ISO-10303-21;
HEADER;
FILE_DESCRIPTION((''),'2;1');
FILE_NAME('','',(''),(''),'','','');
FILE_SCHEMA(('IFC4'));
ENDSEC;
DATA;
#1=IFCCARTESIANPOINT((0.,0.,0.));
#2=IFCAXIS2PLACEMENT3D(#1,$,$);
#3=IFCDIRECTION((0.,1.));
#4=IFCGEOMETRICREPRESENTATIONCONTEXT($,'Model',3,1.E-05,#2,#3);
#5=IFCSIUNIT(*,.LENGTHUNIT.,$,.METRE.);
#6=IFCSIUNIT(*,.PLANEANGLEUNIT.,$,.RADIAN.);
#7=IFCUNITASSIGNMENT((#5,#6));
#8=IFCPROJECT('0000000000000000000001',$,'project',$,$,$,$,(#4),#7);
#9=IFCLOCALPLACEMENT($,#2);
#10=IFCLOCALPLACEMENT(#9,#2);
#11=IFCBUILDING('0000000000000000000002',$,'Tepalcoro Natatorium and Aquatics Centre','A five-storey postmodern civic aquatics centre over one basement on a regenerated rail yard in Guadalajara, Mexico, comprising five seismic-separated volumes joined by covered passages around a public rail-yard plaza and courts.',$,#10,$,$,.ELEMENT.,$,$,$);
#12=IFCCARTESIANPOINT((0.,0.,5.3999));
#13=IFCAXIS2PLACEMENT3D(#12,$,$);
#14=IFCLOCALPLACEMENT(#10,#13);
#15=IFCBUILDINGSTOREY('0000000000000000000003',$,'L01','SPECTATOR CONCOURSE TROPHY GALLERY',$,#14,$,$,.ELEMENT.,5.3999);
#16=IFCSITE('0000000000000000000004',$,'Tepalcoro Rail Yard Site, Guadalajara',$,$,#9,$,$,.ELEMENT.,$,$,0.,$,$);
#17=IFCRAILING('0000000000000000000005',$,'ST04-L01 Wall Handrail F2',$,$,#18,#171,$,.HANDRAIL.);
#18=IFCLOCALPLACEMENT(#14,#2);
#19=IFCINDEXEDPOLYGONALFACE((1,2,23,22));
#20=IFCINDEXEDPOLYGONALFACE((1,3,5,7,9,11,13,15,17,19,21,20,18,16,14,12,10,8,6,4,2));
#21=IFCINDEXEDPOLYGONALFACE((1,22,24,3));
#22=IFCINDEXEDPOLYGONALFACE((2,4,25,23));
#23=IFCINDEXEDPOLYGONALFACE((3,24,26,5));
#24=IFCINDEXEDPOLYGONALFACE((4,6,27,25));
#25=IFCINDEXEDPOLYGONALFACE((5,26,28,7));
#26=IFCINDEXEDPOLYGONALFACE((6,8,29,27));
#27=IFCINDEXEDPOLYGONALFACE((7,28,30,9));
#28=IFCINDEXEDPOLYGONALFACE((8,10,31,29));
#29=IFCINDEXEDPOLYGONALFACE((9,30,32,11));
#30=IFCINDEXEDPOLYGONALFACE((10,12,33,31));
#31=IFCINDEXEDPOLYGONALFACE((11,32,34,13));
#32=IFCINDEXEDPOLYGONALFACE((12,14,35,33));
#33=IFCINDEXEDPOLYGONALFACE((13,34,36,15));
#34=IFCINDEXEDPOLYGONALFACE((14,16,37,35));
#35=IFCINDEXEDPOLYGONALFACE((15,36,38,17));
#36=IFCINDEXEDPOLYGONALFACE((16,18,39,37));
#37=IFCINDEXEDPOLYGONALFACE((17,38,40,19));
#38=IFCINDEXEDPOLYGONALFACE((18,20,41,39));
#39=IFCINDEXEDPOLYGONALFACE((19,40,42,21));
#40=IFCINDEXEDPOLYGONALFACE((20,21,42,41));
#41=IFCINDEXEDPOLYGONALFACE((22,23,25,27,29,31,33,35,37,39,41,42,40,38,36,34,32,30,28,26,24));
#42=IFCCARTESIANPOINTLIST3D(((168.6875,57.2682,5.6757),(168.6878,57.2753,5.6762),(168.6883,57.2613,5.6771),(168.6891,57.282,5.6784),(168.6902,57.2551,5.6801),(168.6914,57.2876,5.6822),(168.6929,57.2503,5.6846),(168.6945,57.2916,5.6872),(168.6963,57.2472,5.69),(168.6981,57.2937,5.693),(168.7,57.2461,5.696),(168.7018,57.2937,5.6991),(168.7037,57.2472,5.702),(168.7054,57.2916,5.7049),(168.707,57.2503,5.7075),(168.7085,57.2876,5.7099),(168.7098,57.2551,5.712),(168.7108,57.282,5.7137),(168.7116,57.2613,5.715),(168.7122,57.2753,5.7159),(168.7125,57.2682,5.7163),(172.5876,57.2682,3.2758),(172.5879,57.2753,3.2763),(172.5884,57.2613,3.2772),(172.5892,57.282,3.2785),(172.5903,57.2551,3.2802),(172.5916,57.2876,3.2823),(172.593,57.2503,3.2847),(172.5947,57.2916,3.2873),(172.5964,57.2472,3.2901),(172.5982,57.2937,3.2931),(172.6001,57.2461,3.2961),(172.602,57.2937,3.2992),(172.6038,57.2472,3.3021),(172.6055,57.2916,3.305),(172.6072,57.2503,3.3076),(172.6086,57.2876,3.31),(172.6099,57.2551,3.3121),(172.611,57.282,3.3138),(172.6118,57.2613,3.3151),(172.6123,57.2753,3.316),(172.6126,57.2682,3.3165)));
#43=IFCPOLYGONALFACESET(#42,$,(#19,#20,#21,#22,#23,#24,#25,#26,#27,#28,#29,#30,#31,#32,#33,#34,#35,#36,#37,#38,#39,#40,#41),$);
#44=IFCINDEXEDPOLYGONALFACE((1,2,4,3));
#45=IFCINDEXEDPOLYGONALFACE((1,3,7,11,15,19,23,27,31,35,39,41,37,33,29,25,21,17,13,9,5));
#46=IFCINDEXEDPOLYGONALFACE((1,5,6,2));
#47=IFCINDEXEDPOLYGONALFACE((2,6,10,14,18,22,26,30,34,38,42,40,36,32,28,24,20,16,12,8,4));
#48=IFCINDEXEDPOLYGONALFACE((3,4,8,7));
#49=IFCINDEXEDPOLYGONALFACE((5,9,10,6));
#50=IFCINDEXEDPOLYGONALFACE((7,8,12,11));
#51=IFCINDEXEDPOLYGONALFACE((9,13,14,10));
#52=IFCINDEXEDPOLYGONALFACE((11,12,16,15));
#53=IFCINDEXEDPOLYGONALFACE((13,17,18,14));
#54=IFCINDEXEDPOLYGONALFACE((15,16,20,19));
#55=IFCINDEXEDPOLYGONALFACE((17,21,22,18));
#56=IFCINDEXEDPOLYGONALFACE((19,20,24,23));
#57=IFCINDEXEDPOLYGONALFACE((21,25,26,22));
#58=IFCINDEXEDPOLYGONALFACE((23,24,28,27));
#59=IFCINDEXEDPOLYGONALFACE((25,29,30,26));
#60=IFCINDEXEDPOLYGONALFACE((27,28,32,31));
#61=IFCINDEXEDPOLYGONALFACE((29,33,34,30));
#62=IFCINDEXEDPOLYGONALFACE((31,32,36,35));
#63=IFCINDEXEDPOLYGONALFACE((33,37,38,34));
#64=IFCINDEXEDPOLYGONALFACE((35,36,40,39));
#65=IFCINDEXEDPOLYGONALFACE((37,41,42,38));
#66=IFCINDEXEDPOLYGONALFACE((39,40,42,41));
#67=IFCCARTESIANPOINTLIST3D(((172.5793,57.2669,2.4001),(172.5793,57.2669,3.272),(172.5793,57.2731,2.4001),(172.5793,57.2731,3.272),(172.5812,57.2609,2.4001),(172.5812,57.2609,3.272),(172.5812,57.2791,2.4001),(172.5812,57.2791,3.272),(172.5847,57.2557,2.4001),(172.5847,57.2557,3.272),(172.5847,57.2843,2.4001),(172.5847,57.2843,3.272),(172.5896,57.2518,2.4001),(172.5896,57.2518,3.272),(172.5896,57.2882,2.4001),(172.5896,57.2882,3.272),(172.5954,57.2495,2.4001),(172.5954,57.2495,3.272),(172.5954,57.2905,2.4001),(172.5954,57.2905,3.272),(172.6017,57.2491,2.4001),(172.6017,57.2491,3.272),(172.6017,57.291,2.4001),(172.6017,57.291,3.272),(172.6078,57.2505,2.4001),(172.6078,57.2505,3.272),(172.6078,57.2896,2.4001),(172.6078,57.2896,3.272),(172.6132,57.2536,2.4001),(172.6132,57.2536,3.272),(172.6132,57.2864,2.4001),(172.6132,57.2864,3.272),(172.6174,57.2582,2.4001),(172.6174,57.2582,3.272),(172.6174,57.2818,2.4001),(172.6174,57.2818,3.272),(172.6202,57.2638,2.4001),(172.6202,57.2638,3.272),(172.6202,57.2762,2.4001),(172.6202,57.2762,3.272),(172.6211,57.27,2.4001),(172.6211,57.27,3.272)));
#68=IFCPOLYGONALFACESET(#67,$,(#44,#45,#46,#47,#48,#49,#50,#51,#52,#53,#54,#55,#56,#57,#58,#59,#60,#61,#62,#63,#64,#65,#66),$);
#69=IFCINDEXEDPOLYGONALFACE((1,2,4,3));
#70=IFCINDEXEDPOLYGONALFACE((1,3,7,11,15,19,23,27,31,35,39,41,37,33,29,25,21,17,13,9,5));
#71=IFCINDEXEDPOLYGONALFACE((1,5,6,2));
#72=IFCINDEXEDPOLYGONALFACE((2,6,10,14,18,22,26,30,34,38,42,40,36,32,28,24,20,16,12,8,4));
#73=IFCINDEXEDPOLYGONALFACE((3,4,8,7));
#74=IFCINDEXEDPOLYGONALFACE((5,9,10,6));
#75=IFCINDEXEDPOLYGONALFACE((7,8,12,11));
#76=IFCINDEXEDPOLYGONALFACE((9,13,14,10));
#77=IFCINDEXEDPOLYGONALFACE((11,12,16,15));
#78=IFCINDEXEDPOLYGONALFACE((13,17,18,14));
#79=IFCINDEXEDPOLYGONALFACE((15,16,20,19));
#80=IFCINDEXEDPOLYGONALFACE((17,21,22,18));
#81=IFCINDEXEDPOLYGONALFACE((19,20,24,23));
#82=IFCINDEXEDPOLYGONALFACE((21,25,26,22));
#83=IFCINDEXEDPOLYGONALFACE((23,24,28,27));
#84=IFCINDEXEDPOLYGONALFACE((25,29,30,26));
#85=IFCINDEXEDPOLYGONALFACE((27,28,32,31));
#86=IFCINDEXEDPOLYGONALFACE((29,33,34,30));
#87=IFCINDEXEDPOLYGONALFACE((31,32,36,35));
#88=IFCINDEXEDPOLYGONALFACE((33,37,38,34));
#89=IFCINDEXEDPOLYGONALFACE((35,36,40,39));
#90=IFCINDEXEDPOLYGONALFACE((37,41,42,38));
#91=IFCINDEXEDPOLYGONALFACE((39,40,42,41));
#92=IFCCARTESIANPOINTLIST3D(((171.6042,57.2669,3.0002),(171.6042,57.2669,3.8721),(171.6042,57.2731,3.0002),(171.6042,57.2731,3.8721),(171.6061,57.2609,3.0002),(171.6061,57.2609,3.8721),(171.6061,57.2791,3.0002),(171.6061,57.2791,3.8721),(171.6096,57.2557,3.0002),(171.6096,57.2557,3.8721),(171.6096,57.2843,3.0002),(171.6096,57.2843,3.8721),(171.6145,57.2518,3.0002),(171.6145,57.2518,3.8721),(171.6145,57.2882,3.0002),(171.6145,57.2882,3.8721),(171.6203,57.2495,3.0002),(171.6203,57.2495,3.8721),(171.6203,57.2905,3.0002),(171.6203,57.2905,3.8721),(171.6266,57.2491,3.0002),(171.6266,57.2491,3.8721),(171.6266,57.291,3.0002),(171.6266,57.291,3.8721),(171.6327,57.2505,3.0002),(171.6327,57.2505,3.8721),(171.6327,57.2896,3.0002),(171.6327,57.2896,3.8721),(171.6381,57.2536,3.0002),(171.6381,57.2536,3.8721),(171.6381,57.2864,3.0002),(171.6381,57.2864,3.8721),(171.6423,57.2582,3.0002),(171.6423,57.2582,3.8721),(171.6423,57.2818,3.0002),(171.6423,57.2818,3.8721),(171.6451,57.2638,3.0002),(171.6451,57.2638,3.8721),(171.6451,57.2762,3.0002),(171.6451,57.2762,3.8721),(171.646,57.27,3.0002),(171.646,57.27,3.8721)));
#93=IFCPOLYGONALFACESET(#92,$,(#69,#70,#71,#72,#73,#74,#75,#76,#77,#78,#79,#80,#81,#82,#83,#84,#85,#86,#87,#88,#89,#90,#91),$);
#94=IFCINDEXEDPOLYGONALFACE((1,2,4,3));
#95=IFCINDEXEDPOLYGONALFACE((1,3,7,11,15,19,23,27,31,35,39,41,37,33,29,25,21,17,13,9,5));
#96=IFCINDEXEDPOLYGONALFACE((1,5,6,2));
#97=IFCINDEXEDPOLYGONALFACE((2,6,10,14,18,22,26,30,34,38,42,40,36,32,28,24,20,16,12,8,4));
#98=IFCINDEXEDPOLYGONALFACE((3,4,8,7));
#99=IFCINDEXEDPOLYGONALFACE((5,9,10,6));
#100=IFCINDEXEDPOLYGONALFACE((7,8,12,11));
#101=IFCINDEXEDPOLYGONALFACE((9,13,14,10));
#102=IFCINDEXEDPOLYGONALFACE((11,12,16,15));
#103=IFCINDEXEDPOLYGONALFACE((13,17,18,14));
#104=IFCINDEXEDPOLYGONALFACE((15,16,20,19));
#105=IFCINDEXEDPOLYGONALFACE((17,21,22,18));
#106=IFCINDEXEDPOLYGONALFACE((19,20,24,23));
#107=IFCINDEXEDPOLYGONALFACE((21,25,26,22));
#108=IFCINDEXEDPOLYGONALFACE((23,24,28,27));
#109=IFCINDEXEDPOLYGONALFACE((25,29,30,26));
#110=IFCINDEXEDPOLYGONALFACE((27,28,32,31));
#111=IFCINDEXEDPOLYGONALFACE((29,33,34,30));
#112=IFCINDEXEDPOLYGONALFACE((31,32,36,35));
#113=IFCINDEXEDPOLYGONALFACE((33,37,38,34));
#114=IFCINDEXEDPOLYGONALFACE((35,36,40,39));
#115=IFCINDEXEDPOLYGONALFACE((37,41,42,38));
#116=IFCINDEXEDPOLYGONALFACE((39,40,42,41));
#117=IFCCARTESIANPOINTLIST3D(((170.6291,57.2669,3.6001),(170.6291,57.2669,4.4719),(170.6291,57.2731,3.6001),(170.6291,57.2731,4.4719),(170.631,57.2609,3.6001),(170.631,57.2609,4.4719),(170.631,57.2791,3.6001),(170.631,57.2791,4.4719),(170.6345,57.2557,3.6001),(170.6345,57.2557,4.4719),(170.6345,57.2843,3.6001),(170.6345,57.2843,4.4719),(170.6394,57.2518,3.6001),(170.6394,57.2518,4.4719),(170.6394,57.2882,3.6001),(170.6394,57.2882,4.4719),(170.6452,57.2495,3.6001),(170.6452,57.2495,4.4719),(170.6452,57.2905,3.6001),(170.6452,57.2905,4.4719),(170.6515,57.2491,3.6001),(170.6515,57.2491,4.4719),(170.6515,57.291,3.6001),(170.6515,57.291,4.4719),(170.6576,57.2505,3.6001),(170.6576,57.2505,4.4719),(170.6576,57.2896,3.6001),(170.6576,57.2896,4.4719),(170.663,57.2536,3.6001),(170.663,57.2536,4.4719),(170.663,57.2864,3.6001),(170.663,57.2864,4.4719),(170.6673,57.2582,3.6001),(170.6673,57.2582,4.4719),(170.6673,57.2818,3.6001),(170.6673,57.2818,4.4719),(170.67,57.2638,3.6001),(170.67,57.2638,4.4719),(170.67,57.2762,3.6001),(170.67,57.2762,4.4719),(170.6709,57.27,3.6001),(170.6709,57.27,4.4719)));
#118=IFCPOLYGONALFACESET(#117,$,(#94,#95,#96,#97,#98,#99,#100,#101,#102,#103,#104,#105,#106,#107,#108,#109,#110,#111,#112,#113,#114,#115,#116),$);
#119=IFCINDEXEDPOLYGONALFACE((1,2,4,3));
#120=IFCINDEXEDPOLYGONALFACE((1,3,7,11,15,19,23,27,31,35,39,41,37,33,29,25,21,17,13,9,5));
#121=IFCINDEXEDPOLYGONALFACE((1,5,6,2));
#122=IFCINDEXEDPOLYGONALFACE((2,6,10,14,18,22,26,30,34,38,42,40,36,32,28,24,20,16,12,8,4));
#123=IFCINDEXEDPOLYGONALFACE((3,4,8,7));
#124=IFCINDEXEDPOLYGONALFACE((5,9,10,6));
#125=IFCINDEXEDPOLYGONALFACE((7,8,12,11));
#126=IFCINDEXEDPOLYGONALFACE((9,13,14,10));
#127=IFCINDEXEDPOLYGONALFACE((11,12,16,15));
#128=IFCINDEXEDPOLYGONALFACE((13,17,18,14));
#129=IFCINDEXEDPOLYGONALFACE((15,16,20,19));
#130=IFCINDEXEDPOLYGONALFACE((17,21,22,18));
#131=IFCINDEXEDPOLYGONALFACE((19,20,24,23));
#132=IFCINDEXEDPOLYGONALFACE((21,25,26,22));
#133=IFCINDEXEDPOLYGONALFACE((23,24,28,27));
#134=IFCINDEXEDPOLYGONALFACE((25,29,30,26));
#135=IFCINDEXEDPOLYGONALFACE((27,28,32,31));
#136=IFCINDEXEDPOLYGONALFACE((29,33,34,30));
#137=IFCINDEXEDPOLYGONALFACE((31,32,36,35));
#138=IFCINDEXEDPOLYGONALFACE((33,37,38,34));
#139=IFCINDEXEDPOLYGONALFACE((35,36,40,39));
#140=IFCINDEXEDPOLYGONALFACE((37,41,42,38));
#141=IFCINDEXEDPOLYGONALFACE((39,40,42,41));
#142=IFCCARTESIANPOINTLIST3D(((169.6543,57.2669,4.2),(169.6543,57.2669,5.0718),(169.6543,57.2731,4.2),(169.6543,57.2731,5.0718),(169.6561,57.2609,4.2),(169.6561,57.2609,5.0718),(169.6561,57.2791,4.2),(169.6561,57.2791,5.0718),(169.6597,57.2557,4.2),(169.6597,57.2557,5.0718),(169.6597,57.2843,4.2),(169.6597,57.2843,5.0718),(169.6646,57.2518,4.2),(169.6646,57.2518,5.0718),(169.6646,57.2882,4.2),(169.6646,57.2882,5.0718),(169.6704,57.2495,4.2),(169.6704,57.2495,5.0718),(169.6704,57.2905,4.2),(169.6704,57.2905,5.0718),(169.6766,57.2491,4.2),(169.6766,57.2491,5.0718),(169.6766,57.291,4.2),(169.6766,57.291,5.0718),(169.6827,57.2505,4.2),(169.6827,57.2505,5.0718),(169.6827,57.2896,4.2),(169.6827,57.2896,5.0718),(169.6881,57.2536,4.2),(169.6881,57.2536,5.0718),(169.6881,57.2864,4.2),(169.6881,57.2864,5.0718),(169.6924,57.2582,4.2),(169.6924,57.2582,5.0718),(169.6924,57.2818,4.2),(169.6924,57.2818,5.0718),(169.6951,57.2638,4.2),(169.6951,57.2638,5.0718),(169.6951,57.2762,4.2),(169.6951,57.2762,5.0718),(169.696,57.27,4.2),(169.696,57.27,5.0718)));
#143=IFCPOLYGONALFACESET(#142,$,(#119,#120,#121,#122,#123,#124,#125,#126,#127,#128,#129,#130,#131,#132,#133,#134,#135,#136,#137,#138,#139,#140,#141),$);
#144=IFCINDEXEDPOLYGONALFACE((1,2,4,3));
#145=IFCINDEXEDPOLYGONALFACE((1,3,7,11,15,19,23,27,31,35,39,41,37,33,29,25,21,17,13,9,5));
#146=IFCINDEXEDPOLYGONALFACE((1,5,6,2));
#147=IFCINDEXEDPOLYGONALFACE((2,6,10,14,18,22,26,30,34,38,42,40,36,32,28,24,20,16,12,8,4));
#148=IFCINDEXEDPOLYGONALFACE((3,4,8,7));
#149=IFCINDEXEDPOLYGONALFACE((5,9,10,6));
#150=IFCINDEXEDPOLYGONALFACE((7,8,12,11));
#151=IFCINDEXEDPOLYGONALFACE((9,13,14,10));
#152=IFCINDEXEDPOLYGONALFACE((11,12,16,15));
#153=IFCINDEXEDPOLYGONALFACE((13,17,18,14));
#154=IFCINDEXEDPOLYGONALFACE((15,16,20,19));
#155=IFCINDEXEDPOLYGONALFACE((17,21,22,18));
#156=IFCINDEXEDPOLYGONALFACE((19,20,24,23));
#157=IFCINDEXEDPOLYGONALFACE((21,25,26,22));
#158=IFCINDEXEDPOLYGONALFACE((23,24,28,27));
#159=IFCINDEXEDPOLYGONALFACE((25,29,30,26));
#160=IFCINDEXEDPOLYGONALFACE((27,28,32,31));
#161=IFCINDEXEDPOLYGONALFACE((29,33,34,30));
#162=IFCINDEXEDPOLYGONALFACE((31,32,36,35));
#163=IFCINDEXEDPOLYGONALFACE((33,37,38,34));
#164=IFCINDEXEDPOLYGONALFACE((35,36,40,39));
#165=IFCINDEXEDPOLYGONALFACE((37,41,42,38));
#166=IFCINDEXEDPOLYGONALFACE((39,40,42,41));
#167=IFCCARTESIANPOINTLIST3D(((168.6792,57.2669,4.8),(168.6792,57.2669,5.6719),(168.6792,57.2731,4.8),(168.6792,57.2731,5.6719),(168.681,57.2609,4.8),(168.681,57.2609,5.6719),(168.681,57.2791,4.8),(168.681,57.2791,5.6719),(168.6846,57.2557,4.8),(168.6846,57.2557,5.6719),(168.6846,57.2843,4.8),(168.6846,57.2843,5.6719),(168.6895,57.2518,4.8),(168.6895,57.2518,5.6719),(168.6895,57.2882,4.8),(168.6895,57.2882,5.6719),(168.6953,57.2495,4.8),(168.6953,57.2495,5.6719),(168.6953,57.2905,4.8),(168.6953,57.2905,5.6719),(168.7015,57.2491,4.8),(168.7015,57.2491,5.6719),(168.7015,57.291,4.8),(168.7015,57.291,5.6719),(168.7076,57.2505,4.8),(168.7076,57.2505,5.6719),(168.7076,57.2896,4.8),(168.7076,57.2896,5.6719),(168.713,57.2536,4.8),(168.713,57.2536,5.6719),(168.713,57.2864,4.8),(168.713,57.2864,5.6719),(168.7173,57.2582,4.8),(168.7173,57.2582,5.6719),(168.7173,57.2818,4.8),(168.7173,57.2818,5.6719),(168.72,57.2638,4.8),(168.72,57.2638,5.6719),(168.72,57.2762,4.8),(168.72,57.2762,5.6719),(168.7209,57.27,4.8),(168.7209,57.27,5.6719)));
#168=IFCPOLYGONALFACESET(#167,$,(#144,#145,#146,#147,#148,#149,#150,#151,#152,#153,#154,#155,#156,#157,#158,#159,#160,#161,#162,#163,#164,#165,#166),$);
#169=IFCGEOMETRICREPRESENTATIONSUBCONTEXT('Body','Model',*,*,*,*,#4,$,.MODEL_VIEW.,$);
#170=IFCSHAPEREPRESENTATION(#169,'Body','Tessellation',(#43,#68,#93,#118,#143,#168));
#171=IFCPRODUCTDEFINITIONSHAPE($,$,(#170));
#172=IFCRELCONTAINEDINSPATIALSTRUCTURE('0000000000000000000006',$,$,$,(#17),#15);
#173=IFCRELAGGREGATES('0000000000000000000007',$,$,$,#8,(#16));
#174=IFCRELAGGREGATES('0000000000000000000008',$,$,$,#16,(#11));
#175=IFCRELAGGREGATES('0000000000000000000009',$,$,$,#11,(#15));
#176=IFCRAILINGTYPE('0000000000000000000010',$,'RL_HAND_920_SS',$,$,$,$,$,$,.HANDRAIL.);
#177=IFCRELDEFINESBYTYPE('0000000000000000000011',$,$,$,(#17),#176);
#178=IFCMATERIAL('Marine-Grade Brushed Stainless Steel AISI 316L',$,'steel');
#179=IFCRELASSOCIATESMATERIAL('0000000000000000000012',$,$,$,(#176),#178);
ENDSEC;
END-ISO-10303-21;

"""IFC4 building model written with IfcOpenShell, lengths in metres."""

from ifc_helpers import new_model, si_unit, direction, frame, origin, origin_2d, place, context, subcontext, project, spatial, circle, extrude, material, type_object, element, save


model = new_model("IFC4")

# Units and contexts
model_context = context("Model", 3, precision=1e-05, world=origin(), true_north=direction((0.0, 1.0)))
body_context = subcontext(model_context, "Body", "Model", "MODEL_VIEW")
ifc_project = project(units=[si_unit("LENGTHUNIT", "METRE"), si_unit("PLANEANGLEUNIT", "RADIAN")], contexts=[model_context])

# Site, building, storey
site_placement = place(None, origin())
site = spatial("IfcSite", under=ifc_project, at=site_placement, Name="Tepalcoro Rail Yard Site, Guadalajara", CompositionType="ELEMENT", RefElevation=0.0)
building_placement = place(site_placement, origin())
building = spatial("IfcBuilding", under=site, at=building_placement, Name="Tepalcoro Natatorium and Aquatics Centre", Description="A five-storey postmodern civic aquatics centre over one basement on a regenerated rail yard in Guadalajara, Mexico, comprising five seismic-separated volumes joined by covered passages around a public rail-yard plaza and courts.", CompositionType="ELEMENT")
storey_placement = place(building_placement, frame((0.0, 0.0, 5.3999)))
storey = spatial("IfcBuildingStorey", under=building, at=storey_placement, Name="L01", Description="SPECTATOR CONCOURSE TROPHY GALLERY", CompositionType="ELEMENT", Elevation=5.3999)

# Railing
ifc_material_1 = material(Name="Marine-Grade Brushed Stainless Steel AISI 316L", Category="steel")
railing_type_1 = type_object("IfcRailingType", Name="RL_HAND_920_SS", PredefinedType="HANDRAIL", material=ifc_material_1)
railing_1_placement = place(storey_placement, frame((172.6001, 57.27, 2.4001)))
element("IfcRailing", 1, at=railing_1_placement, inside=storey, type_object=railing_type_1, Name="ST04-L01 Wall Handrail F2", PredefinedType="HANDRAIL", context=body_context, shape_type="SweptSolid", body=[
    extrude(circle(Radius=0.0239, at=origin_2d()), frame((0.0, 0.0, 0.896), z_axis=(-0.851677, 0.0, 0.524068), x_axis=(0.0, -1.0, 0.0)), (0.0, 0.0, 1.0), 4.5793),
    extrude(circle(Radius=0.021, at=origin_2d()), origin(), (0.0, 0.0, 1.0), 0.8718),
    extrude(circle(Radius=0.021, at=origin_2d()), frame((-0.9751, 0.0, 0.6001)), (0.0, 0.0, 1.0), 0.8718),
    extrude(circle(Radius=0.021, at=origin_2d()), frame((-1.9502, 0.0, 1.2)), (0.0, 0.0, 1.0), 0.8718),
    extrude(circle(Radius=0.021, at=origin_2d()), frame((-2.925, 0.0, 1.7998)), (0.0, 0.0, 1.0), 0.8718),
    extrude(circle(Radius=0.021, at=origin_2d()), frame((-3.9001, 0.0, 2.3999)), (0.0, 0.0, 1.0), 0.8718),
])

save(model, "model.ifc")
